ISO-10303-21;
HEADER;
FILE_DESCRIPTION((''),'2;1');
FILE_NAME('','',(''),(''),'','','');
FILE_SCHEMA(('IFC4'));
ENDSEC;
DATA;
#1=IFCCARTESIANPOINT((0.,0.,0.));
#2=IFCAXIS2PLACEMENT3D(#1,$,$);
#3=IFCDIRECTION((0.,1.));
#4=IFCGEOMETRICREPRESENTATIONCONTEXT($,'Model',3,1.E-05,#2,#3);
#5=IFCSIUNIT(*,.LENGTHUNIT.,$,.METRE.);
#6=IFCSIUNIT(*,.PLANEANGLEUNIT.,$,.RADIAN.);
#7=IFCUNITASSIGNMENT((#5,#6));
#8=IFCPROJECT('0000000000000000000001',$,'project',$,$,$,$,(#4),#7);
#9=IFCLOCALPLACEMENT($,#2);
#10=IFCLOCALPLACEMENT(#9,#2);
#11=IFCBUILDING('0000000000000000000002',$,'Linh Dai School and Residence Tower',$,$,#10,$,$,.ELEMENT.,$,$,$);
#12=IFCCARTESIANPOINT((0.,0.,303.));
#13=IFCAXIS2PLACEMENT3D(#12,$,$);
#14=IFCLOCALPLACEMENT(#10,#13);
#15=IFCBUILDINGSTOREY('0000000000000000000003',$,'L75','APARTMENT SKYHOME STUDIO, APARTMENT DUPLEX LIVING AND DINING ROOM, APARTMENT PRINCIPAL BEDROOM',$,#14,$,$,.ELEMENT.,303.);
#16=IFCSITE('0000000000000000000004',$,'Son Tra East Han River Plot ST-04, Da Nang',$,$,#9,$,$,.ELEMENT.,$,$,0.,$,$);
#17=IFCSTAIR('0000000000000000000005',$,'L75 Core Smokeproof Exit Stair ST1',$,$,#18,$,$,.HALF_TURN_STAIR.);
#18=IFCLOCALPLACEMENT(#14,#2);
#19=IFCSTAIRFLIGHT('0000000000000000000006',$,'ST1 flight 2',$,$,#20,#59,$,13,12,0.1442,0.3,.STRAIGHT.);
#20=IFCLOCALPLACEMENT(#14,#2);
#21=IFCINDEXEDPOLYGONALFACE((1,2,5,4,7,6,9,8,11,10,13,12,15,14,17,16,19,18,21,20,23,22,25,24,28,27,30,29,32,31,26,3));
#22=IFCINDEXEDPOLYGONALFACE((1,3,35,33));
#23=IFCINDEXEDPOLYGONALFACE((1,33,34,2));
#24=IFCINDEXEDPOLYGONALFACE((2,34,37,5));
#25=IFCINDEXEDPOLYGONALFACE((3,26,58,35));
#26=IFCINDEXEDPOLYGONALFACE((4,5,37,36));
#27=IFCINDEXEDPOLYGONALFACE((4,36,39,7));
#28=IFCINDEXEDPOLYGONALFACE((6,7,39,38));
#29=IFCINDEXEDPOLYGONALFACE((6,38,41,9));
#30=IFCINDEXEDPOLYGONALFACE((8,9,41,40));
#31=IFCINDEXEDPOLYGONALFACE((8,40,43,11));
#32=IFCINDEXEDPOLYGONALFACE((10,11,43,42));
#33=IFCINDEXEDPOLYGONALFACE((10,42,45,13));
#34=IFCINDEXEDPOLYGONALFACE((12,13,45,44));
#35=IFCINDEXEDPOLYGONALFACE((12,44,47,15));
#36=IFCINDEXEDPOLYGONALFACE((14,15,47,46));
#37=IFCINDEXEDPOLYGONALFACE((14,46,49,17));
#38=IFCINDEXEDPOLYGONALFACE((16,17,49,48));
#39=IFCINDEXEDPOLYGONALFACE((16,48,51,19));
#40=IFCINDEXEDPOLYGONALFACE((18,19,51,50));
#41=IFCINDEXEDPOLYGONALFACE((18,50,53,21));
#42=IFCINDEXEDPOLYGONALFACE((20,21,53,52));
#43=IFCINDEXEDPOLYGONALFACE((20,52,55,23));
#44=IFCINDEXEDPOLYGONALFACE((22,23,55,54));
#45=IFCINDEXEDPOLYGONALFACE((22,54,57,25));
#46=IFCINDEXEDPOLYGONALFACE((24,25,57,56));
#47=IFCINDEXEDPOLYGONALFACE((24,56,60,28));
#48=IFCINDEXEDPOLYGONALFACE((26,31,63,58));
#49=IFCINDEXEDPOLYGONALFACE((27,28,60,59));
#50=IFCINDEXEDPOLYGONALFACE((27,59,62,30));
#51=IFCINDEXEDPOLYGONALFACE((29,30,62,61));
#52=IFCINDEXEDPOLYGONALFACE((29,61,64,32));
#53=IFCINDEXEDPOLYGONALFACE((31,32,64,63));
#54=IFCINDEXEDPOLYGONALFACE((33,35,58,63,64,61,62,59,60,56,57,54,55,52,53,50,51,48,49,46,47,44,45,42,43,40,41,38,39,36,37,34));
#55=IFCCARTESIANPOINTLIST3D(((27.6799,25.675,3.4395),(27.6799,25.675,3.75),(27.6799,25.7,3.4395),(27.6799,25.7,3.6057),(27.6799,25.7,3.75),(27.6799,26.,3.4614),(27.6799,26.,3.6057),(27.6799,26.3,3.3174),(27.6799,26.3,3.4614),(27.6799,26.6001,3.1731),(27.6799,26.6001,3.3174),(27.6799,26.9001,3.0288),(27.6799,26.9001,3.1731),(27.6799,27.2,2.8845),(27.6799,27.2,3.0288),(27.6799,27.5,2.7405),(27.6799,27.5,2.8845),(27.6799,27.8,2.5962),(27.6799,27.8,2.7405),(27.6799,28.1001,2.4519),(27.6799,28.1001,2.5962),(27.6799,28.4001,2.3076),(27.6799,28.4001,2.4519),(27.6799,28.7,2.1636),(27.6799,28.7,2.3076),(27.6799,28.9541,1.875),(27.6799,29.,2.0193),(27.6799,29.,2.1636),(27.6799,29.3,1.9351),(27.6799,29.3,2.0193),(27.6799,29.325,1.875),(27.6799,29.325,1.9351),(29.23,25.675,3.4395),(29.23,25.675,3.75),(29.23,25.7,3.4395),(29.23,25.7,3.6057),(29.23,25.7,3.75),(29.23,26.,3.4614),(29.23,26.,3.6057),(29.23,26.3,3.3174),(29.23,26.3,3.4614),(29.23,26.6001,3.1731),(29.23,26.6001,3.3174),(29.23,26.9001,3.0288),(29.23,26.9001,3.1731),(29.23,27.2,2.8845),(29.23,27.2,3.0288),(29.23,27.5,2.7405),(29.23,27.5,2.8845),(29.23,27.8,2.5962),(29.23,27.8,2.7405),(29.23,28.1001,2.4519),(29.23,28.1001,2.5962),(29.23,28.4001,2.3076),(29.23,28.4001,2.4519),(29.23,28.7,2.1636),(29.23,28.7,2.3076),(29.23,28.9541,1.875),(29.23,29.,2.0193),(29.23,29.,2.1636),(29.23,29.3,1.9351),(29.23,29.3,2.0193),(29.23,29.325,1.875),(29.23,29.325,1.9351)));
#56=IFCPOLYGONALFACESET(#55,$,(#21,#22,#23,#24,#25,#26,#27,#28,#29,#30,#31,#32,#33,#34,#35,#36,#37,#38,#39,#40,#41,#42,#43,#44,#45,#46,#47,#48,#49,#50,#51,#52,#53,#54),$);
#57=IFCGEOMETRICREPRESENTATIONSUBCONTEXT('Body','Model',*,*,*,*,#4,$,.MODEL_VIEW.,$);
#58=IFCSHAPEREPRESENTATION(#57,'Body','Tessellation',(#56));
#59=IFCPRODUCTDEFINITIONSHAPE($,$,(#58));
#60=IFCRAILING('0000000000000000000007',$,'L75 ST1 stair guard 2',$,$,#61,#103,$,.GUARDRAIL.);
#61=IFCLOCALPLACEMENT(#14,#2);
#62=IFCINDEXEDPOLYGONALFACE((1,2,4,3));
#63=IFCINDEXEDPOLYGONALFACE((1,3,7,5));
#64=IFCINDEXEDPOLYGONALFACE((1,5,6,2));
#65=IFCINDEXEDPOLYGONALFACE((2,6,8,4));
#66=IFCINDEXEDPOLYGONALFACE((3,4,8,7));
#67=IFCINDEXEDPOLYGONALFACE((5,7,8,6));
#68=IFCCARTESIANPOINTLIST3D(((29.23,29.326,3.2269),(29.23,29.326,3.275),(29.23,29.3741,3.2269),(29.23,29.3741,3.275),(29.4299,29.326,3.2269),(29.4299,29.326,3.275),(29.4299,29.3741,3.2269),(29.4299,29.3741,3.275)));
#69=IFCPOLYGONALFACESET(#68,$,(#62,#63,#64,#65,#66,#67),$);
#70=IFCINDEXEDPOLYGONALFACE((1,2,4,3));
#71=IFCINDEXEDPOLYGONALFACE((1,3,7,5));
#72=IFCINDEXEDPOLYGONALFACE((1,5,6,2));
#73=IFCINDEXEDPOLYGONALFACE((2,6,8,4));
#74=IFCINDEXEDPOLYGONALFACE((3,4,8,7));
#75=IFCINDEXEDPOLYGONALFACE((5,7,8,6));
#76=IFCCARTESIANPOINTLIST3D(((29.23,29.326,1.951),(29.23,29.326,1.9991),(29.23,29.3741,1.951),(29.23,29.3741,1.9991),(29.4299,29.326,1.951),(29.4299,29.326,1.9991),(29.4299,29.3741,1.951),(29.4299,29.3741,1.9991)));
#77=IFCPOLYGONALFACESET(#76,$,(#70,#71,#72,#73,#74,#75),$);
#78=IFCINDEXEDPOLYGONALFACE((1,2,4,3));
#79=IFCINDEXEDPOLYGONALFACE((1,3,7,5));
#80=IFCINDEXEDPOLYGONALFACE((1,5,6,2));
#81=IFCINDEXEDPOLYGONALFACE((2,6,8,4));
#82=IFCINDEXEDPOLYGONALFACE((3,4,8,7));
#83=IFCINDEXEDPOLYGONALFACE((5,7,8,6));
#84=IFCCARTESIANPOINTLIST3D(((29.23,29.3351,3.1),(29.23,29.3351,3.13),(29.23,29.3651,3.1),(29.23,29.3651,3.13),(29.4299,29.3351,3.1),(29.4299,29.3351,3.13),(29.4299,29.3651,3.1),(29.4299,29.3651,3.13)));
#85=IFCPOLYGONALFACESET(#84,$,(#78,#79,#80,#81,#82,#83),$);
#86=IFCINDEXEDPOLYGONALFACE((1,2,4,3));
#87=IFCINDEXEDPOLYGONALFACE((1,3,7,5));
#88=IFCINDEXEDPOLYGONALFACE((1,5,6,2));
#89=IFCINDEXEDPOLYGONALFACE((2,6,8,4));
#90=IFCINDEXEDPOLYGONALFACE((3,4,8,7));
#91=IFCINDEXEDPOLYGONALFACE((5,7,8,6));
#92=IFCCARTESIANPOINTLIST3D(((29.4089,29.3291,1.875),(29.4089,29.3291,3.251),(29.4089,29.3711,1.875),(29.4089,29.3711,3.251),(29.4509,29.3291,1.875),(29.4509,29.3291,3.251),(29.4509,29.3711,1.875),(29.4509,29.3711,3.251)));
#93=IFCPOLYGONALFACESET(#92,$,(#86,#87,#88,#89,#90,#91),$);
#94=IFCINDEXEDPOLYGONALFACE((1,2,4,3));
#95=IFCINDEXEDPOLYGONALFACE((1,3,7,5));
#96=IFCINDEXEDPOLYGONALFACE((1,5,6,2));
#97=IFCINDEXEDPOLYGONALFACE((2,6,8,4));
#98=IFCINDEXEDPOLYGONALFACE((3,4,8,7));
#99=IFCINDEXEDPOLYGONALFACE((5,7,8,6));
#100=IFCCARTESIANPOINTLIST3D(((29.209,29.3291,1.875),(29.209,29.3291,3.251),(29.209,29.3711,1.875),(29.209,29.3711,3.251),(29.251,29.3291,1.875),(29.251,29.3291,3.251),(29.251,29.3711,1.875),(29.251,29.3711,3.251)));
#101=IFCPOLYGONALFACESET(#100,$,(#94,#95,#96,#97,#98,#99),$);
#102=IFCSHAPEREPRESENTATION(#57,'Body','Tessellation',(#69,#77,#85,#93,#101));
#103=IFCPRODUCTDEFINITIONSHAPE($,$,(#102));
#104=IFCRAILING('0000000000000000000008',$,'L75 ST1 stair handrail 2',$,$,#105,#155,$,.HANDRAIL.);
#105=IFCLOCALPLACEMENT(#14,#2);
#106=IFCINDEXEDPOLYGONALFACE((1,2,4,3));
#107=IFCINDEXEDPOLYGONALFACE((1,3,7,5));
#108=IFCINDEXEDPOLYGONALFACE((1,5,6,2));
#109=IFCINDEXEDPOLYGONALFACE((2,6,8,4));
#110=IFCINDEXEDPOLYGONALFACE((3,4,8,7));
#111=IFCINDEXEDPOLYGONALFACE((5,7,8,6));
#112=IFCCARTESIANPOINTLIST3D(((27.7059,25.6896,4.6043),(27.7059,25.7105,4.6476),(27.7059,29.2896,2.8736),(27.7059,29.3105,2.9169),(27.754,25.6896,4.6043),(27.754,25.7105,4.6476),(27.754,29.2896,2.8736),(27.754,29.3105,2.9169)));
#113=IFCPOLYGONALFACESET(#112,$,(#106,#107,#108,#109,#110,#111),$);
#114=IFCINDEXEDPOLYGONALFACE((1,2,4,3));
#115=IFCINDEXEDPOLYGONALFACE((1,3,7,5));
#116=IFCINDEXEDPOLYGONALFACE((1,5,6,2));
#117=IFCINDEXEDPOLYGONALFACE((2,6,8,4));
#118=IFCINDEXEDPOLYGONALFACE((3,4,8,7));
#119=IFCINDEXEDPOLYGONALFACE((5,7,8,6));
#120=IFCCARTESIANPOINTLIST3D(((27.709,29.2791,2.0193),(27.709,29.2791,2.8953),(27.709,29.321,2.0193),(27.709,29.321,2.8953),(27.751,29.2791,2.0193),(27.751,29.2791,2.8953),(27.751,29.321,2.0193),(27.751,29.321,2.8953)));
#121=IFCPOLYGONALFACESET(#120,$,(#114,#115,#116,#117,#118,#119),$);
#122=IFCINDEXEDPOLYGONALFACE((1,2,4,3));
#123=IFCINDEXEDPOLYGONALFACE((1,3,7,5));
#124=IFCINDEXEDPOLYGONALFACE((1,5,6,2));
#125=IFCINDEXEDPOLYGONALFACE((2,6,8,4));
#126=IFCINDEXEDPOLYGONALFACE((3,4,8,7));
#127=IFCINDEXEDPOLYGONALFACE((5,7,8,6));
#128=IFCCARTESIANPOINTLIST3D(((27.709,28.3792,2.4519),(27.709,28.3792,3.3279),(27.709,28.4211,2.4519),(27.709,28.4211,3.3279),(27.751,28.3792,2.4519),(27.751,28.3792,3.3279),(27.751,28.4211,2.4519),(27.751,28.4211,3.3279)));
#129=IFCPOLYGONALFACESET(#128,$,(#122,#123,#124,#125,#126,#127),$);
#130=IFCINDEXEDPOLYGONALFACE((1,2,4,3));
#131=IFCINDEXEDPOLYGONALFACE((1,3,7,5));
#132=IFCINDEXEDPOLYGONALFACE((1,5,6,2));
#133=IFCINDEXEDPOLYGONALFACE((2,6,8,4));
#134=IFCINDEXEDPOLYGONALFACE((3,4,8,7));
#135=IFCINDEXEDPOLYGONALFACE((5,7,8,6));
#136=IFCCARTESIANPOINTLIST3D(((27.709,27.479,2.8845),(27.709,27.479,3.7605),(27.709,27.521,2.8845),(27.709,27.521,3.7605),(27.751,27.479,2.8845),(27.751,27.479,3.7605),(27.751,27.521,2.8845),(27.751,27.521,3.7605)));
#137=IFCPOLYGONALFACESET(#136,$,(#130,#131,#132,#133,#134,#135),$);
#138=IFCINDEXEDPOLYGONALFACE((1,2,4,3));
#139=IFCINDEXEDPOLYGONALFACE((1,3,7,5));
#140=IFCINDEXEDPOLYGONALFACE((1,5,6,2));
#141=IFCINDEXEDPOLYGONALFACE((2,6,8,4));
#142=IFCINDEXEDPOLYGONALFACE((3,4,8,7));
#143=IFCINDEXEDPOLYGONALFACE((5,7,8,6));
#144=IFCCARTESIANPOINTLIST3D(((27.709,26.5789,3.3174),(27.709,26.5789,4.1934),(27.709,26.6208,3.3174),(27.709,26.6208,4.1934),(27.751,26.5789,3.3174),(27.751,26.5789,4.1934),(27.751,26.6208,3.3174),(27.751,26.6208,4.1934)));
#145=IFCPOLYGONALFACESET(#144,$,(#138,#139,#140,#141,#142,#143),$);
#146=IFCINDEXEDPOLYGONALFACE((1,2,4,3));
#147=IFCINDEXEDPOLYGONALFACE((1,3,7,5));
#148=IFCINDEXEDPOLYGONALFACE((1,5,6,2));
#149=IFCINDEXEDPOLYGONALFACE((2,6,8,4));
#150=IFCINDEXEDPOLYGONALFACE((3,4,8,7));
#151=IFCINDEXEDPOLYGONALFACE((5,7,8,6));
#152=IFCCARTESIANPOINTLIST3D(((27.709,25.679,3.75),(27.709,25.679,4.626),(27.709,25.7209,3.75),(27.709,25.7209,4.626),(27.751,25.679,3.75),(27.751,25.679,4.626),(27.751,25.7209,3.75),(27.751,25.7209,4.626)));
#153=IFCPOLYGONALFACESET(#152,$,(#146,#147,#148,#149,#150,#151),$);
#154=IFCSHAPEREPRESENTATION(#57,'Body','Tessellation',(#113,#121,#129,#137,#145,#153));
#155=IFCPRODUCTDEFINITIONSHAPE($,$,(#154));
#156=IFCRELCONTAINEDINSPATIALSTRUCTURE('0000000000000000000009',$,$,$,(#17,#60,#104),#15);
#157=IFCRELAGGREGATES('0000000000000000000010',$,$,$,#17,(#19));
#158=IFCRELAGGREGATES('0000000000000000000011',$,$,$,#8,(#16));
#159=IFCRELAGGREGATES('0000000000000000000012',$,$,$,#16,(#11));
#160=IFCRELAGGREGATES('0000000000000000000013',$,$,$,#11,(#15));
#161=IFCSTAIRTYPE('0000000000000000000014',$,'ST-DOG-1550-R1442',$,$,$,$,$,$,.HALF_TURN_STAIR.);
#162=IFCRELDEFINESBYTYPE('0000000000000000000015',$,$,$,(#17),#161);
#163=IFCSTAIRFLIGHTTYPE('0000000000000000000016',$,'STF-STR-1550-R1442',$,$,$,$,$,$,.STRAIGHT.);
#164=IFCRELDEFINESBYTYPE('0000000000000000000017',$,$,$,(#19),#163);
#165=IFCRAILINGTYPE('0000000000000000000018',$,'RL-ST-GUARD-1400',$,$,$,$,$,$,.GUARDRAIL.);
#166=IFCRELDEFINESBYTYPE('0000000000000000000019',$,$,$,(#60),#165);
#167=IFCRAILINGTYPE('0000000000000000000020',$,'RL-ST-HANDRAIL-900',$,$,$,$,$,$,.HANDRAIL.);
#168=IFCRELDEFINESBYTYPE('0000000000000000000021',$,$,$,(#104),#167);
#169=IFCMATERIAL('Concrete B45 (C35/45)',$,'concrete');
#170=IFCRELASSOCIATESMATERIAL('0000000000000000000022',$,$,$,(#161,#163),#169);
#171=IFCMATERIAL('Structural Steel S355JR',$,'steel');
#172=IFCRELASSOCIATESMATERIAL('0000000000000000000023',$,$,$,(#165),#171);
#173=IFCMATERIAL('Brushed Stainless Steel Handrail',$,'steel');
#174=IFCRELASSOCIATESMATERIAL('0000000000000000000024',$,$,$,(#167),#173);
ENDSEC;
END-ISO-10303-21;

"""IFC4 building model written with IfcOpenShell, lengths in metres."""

from ifc_helpers import new_model, si_unit, direction, frame, origin, origin_2d, place, context, subcontext, project, spatial, polyline, rectangle, outline, extrude, source, transform, mapped, material, type_object, element, aggregate, save


model = new_model("IFC4")

# Units and contexts
model_context = context("Model", 3, precision=1e-05, world=origin(), true_north=direction((0.0, 1.0)))
body_context = subcontext(model_context, "Body", "Model", "MODEL_VIEW")
ifc_project = project(units=[si_unit("LENGTHUNIT", "METRE"), si_unit("PLANEANGLEUNIT", "RADIAN")], contexts=[model_context])

# Site, building, storey
site_placement = place(None, origin())
site = spatial("IfcSite", under=ifc_project, at=site_placement, Name="Son Tra East Han River Plot ST-04, Da Nang", CompositionType="ELEMENT", RefElevation=0.0)
building_placement = place(site_placement, origin())
building = spatial("IfcBuilding", under=site, at=building_placement, Name="Linh Dai School and Residence Tower", CompositionType="ELEMENT")
storey_placement = place(building_placement, frame((0.0, 0.0, 303.0)))
storey = spatial("IfcBuildingStorey", under=building, at=storey_placement, Name="L75", Description="APARTMENT SKYHOME STUDIO, APARTMENT DUPLEX LIVING AND DINING ROOM, APARTMENT PRINCIPAL BEDROOM", CompositionType="ELEMENT", Elevation=303.0)

# Shared definitions
ifc_material_1 = material(Name="Structural Steel S355JR", Category="steel")

# Shared definitions
ifc_material_2 = material(Name="Concrete B45 (C35/45)", Category="concrete")

# Stair, stair flight
stair_type = type_object("IfcStairType", Name="ST-DOG-1550-R1442", PredefinedType="HALF_TURN_STAIR", material=ifc_material_2)
stair_placement = place(storey_placement, origin())
stair = element("IfcStair", 1, at=stair_placement, inside=storey, type_object=stair_type, Name="L75 Core Smokeproof Exit Stair ST1", PredefinedType="HALF_TURN_STAIR")
stair_flight_type = type_object("IfcStairFlightType", Name="STF-STR-1550-R1442", PredefinedType="STRAIGHT", material=ifc_material_2)
shared_shape_1 = source(origin(), body_context, "Body", "SweptSolid", [
    extrude(outline(polyline([(-0.0249, 0.0), (-0.0249, 0.0601), (0.0, 0.0601), (0.0, 0.1443), (0.3, 0.1443), (0.3, 0.2886), (0.6001, 0.2886), (0.6001, 0.4326), (0.8999, 0.4326), (0.8999, 0.5769), (1.2, 0.5769), (1.2, 0.7212), (1.5, 0.7212), (1.5, 0.8655), (1.8, 0.8655), (1.8, 1.0095), (2.1001, 1.0095), (2.1001, 1.1538), (2.3999, 1.1538), (2.3999, 1.2981), (2.7, 1.2981), (2.7, 1.4424), (3.0, 1.4424), (3.0, 1.5864), (3.3, 1.5864), (3.3, 1.7307), (3.6001, 1.7307), (3.6001, 1.875), (3.625, 1.875), (3.625, 1.5645), (3.6001, 1.5645), (0.3459, 0.0), (-0.0249, 0.0)])), frame((0.0, 0.7749, 0.0), z_axis=(0.0, -1.0, 0.0), x_axis=(1.0, 0.0, 0.0)), (0.0, 0.0, 1.0), 1.55),
])
stair_flight_placement = place(storey_placement, frame((28.4551, 29.3, 1.875), z_axis=(0.0, 0.0, 1.0), x_axis=(0.0, -1.0, 0.0)))
stair_flight = element("IfcStairFlight", 2, at=stair_flight_placement, type_object=stair_flight_type, Name="ST1 flight 2", NumberOfRisers=13, NumberOfTreads=12, PredefinedType="STRAIGHT", RiserHeight=0.1442, TreadLength=0.3, context=body_context, shape_type="MappedRepresentation", body=[
    mapped(shared_shape_1, transform((0.0, 0.0, 0.0), x_axis=(1.0, 0.0, 0.0), y_axis=(0.0, 1.0, 0.0), z_axis=(0.0, 0.0, 1.0), scale=1.0)),
])
aggregate(stair, [stair_flight])

# Railings
railing_type_1 = type_object("IfcRailingType", Name="RL-ST-GUARD-1400", PredefinedType="GUARDRAIL", material=ifc_material_1)
shared_shape_2 = source(origin(), body_context, "Body", "SweptSolid", [
    extrude(rectangle(XDim=0.0481, YDim=0.0481, at=origin_2d()), frame((0.0, 0.0, 1.376), z_axis=(-1.0, 0.0, 0.0), x_axis=(0.0, -1.0, 0.0)), (0.0, 0.0, 1.0), 0.2),
    extrude(rectangle(XDim=0.0481, YDim=0.0481, at=origin_2d()), frame((0.0, 0.0, 0.1001), z_axis=(-1.0, 0.0, 0.0), x_axis=(0.0, -1.0, 0.0)), (0.0, 0.0, 1.0), 0.2),
    extrude(rectangle(XDim=0.03, YDim=0.03, at=origin_2d()), frame((0.0, 0.0, 1.24), z_axis=(-1.0, 0.0, 0.0), x_axis=(0.0, -1.0, 0.0)), (0.0, 0.0, 1.0), 0.2),
    extrude(rectangle(XDim=0.042, YDim=0.042, at=origin_2d()), origin(), (0.0, 0.0, 1.0), 1.376),
    extrude(rectangle(XDim=0.042, YDim=0.042, at=origin_2d()), frame((-0.2, 0.0, 0.0)), (0.0, 0.0, 1.0), 1.376),
])
railing_1_placement = place(storey_placement, frame((29.4299, 29.3501, 1.875)))
element("IfcRailing", 3, at=railing_1_placement, inside=storey, type_object=railing_type_1, Name="L75 ST1 stair guard 2", PredefinedType="GUARDRAIL", context=body_context, shape_type="MappedRepresentation", body=[
    mapped(shared_shape_2, transform((0.0, 0.0, 0.0), x_axis=(1.0, 0.0, 0.0), y_axis=(0.0, 1.0, 0.0), z_axis=(0.0, 0.0, 1.0), scale=1.0)),
])
ifc_material_3 = material(Name="Brushed Stainless Steel Handrail", Category="steel")
railing_type_2 = type_object("IfcRailingType", Name="RL-ST-HANDRAIL-900", PredefinedType="HANDRAIL", material=ifc_material_3)
shared_shape_3 = source(origin(), body_context, "Body", "SweptSolid", [
    extrude(rectangle(XDim=0.0481, YDim=0.0481, at=origin_2d()), frame((0.0, 0.0, 0.876), z_axis=(0.0, -0.901263, 0.433273), x_axis=(1.0, 0.0, 0.0)), (0.0, 0.0, 1.0), 3.9944),
    extrude(rectangle(XDim=0.042, YDim=0.042, at=origin_2d()), origin(), (0.0, 0.0, 1.0), 0.876),
    extrude(rectangle(XDim=0.042, YDim=0.042, at=origin_2d()), frame((0.0, -0.8999, 0.4326)), (0.0, 0.0, 1.0), 0.876),
    extrude(rectangle(XDim=0.042, YDim=0.042, at=origin_2d()), frame((0.0, -1.8, 0.8652)), (0.0, 0.0, 1.0), 0.876),
    extrude(rectangle(XDim=0.042, YDim=0.042, at=origin_2d()), frame((0.0, -2.7002, 1.2981)), (0.0, 0.0, 1.0), 0.876),
    extrude(rectangle(XDim=0.042, YDim=0.042, at=origin_2d()), frame((0.0, -3.6001, 1.7307)), (0.0, 0.0, 1.0), 0.876),
])
railing_2_placement = place(storey_placement, frame((27.73, 29.3, 2.0193)))
element("IfcRailing", 4, at=railing_2_placement, inside=storey, type_object=railing_type_2, Name="L75 ST1 stair handrail 2", PredefinedType="HANDRAIL", context=body_context, shape_type="MappedRepresentation", body=[
    mapped(shared_shape_3, transform((0.0, 0.0, 0.0), x_axis=(1.0, 0.0, 0.0), y_axis=(0.0, 1.0, 0.0), z_axis=(0.0, 0.0, 1.0), scale=1.0)),
])

save(model, "model.ifc")
